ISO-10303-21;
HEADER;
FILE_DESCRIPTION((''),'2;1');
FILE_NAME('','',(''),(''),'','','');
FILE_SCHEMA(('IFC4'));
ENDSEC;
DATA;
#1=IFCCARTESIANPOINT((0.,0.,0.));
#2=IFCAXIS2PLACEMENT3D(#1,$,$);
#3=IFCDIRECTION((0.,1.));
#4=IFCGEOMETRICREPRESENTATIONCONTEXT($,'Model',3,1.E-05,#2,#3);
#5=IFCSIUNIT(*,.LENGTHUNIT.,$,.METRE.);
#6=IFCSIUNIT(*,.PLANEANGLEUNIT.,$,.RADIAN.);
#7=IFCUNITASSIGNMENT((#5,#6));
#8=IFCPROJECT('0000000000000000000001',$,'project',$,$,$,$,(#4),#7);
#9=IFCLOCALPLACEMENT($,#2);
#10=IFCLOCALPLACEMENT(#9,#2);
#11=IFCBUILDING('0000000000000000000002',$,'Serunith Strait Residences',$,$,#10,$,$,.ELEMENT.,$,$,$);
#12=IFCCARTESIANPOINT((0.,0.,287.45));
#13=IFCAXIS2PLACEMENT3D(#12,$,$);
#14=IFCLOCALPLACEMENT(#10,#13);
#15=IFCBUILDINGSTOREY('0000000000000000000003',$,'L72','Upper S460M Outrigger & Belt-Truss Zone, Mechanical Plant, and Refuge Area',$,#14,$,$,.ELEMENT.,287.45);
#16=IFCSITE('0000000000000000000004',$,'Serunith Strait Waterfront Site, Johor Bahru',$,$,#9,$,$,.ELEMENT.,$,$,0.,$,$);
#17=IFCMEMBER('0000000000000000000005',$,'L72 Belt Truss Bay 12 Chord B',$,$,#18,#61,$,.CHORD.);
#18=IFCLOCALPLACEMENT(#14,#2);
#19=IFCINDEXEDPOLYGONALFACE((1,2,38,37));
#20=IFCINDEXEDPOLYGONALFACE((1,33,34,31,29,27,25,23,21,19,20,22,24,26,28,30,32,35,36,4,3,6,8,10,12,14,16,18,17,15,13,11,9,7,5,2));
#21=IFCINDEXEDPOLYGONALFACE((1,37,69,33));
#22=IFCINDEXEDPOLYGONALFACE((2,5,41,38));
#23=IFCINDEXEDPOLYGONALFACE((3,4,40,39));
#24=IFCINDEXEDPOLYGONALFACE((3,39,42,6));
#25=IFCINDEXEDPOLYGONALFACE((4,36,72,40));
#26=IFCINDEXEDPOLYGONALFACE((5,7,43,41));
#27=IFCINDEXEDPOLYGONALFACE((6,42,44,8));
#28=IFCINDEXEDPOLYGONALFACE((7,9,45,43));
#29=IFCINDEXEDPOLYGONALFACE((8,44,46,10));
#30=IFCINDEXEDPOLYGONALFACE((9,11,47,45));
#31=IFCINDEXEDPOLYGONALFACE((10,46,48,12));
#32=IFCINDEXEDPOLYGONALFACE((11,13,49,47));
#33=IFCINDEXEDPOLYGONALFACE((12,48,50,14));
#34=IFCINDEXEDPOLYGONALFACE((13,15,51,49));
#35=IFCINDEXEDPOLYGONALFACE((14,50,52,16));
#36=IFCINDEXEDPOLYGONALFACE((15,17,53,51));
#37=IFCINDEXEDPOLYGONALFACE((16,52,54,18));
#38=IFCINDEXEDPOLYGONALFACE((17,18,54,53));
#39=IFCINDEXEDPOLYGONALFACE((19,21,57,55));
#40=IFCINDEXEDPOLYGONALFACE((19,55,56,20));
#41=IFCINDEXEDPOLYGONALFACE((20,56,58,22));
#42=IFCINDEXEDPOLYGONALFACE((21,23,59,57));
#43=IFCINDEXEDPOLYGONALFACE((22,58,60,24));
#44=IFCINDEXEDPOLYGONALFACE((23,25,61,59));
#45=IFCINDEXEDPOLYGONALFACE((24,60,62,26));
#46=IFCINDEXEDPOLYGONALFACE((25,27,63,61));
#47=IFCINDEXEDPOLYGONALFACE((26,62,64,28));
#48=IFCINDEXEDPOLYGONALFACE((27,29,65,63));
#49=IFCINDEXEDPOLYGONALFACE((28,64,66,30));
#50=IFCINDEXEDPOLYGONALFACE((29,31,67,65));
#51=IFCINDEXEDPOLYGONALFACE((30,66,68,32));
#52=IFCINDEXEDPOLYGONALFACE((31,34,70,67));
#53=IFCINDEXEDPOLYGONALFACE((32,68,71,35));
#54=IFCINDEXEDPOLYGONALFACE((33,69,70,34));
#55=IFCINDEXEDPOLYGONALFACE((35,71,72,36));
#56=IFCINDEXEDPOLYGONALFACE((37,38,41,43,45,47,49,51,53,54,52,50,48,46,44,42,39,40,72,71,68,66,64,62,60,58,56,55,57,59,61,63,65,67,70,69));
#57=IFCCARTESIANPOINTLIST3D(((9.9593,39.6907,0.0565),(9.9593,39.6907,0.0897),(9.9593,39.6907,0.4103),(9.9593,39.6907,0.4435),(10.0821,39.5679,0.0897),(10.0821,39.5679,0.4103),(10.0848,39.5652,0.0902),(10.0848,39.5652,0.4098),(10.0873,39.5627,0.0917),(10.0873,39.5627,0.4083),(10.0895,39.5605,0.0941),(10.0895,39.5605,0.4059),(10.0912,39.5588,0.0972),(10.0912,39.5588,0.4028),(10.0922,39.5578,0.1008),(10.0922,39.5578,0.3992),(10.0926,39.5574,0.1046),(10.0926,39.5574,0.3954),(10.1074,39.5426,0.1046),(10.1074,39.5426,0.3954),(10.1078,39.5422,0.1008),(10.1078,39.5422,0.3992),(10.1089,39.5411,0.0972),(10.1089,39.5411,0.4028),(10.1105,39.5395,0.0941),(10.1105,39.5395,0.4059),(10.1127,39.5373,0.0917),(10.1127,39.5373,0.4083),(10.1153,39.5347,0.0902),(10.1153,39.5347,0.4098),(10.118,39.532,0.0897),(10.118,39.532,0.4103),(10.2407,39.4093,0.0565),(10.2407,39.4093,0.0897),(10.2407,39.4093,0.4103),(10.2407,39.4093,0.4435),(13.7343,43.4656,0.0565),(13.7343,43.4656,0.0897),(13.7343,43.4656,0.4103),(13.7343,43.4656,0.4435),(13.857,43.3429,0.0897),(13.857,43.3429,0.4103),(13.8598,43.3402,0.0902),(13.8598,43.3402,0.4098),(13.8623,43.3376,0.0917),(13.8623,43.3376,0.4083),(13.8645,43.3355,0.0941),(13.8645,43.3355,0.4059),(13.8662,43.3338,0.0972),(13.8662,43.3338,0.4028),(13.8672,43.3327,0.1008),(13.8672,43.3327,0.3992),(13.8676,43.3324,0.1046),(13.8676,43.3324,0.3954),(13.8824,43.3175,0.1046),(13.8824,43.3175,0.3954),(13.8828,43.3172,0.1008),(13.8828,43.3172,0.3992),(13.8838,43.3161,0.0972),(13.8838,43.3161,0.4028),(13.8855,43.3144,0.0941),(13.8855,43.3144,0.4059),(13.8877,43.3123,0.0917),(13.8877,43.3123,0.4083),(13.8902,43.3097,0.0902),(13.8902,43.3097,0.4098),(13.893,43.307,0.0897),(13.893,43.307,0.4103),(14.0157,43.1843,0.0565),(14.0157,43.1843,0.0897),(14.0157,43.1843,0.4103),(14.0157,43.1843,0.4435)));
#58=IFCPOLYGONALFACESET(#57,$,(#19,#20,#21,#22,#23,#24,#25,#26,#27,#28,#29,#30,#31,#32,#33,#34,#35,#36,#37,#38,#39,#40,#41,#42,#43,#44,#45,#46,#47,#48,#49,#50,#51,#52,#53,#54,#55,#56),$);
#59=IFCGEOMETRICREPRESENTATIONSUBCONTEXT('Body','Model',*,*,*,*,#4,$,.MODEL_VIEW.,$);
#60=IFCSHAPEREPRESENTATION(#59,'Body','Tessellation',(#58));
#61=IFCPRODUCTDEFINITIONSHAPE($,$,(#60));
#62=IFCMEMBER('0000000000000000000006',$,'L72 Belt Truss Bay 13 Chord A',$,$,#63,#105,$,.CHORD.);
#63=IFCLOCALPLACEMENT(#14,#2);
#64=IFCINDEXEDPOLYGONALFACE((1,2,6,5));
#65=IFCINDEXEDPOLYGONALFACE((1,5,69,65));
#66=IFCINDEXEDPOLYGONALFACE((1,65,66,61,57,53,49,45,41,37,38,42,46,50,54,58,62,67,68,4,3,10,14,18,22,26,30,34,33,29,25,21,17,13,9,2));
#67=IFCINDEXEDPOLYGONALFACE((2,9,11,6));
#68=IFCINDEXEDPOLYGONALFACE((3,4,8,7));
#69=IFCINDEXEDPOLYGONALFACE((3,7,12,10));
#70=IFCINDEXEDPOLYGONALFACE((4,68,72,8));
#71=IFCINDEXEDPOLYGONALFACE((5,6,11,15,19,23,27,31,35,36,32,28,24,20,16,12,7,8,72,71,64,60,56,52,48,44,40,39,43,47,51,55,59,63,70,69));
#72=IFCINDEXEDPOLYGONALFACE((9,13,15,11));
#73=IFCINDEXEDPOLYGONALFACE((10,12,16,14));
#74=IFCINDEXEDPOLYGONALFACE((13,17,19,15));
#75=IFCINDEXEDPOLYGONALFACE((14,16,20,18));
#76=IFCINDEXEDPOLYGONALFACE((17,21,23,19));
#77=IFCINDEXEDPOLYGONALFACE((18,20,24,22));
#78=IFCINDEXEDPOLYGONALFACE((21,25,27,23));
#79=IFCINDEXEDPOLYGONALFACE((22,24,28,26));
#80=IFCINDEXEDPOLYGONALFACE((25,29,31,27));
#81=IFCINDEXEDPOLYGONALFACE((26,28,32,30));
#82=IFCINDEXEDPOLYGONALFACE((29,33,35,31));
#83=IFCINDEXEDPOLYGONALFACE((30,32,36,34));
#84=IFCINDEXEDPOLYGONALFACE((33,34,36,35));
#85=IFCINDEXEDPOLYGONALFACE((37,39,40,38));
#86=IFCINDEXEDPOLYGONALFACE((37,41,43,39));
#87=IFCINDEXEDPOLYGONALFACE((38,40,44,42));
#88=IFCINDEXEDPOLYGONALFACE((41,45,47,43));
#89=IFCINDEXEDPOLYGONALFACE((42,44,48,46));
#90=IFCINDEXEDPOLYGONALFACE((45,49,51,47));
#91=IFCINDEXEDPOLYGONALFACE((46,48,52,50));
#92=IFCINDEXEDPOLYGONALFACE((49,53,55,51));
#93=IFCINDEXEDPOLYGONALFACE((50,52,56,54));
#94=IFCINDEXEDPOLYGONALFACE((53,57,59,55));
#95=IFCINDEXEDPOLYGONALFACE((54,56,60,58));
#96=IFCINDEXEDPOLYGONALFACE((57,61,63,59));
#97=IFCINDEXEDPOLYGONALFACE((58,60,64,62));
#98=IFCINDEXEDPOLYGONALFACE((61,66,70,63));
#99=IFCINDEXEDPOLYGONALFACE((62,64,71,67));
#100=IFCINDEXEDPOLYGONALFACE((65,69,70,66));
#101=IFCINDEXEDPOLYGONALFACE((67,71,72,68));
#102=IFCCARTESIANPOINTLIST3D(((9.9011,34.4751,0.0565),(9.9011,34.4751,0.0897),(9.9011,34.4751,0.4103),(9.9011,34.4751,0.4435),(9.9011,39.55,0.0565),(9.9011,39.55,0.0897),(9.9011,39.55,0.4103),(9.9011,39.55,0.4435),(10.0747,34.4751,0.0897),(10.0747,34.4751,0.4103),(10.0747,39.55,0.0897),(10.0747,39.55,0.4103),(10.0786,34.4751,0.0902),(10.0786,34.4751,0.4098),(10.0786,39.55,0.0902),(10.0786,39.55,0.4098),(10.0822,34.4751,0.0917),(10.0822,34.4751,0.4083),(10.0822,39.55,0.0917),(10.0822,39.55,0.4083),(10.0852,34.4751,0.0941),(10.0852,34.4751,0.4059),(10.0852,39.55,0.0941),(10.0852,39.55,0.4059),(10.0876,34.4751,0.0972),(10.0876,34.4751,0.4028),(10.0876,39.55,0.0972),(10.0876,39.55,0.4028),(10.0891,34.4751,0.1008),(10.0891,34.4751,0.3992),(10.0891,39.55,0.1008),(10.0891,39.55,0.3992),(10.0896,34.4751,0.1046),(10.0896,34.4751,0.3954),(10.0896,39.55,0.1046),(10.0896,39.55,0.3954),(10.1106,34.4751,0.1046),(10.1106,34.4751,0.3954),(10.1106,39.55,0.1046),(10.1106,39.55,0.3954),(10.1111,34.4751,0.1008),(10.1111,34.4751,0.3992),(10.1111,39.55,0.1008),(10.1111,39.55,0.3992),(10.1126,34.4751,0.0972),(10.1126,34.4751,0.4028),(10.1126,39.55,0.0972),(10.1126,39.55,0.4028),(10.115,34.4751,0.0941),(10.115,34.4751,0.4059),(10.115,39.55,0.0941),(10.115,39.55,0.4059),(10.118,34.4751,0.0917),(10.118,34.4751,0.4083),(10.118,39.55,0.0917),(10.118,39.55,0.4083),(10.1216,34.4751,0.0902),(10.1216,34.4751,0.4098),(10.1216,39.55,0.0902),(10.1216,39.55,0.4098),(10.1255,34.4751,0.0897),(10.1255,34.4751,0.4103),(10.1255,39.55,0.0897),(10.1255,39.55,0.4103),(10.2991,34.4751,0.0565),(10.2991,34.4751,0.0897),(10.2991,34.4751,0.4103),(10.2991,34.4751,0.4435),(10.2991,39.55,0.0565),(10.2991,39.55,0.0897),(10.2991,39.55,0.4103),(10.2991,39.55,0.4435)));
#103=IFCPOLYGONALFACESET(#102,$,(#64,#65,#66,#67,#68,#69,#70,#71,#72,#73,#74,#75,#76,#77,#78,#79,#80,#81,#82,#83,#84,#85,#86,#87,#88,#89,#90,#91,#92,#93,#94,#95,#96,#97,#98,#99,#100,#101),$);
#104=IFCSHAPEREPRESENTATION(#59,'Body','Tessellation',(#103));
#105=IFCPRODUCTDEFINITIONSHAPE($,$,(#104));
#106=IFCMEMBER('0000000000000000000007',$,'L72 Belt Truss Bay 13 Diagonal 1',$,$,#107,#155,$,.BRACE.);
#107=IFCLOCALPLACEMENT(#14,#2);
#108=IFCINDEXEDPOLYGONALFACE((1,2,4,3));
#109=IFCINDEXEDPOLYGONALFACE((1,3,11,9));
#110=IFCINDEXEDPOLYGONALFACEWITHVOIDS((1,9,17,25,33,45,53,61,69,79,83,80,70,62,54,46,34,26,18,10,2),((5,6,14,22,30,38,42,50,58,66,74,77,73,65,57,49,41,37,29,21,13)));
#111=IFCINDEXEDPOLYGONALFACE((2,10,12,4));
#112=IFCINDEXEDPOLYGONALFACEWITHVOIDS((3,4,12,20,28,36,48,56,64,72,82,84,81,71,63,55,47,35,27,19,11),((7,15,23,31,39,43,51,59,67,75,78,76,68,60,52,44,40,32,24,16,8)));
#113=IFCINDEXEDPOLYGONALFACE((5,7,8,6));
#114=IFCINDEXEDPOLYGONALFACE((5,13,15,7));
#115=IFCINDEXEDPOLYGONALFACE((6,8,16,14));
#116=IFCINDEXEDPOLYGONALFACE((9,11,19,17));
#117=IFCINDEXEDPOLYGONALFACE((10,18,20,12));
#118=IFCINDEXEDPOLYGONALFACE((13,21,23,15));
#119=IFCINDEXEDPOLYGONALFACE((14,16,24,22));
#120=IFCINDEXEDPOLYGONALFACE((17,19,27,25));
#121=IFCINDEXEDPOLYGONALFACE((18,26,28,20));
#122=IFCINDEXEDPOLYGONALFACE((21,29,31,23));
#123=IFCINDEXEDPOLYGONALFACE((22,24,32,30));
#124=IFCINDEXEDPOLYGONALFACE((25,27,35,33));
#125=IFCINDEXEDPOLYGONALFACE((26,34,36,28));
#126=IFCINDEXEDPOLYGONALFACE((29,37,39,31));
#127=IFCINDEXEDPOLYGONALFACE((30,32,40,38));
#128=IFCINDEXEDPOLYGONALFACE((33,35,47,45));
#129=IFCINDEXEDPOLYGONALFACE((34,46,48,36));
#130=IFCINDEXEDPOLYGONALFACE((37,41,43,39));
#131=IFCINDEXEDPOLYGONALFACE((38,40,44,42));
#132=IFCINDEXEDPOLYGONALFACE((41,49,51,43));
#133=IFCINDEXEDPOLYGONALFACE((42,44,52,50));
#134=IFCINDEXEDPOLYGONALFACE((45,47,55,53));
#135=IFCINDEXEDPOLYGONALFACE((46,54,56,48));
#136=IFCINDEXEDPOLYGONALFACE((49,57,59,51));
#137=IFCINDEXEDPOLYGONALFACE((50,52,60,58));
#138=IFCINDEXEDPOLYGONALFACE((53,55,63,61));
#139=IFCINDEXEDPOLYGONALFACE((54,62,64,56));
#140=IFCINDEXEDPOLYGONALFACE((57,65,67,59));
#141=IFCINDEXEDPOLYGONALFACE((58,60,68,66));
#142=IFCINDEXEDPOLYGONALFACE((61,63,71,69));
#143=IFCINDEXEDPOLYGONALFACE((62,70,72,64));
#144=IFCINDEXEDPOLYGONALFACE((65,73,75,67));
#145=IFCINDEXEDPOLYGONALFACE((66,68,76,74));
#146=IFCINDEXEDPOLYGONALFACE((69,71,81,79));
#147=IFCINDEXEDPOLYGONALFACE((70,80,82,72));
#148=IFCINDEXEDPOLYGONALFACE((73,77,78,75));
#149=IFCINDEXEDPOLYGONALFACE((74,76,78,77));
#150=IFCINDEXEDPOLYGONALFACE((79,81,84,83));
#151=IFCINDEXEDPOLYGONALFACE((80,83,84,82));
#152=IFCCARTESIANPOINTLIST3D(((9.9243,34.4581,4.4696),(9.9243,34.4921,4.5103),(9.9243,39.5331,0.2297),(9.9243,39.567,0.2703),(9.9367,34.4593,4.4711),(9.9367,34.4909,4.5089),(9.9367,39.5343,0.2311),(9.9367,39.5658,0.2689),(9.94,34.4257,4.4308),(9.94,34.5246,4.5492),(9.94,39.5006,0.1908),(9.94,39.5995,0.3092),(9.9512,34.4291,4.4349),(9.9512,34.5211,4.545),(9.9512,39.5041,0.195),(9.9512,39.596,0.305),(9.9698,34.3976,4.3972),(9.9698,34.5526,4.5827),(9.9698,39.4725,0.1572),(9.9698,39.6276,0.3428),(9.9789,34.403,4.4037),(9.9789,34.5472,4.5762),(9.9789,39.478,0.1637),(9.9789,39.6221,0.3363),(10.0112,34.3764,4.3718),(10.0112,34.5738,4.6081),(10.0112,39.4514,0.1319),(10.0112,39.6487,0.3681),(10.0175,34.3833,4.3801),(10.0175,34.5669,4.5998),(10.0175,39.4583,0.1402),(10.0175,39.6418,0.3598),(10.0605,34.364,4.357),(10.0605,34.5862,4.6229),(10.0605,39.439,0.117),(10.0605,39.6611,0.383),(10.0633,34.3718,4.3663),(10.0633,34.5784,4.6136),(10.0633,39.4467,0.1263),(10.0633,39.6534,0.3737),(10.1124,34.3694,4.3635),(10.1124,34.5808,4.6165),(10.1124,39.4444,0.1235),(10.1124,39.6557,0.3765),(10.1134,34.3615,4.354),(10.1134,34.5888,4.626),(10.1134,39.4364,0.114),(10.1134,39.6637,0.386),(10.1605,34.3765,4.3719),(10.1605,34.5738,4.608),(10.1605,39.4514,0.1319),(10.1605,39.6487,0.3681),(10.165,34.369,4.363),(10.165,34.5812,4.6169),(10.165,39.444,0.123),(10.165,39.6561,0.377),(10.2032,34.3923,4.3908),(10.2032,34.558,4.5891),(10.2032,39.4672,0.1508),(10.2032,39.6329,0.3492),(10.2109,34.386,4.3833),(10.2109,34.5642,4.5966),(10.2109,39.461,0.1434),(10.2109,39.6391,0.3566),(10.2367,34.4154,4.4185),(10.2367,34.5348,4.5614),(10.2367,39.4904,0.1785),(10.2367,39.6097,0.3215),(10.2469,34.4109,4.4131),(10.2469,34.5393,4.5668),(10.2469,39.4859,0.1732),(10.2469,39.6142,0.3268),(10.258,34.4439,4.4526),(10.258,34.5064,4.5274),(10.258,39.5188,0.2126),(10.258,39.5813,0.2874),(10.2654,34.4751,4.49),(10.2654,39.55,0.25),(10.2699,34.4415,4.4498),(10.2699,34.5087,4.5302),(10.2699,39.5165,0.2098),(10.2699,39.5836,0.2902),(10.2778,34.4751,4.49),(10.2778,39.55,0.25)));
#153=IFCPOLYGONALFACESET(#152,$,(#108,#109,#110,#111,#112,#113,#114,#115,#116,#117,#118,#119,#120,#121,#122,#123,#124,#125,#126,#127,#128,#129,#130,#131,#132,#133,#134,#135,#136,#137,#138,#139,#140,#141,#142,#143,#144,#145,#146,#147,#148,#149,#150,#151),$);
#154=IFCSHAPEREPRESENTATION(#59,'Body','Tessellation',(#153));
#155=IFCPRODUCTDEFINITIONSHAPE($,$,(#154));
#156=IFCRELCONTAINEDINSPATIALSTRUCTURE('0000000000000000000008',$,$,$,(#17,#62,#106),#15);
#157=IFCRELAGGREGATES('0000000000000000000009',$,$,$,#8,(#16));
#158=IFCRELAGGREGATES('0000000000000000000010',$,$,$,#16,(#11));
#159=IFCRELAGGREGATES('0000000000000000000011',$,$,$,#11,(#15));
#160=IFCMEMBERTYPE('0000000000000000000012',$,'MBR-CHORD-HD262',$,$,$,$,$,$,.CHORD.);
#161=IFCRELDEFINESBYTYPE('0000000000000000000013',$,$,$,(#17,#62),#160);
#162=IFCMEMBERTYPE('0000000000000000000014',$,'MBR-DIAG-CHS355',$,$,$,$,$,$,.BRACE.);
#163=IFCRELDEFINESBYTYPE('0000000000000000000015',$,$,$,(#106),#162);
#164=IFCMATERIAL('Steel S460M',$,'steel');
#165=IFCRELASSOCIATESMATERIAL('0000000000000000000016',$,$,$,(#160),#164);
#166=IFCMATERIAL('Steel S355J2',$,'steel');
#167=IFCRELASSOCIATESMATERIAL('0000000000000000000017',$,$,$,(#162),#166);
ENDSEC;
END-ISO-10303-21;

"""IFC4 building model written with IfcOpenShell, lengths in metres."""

from ifc_helpers import new_model, si_unit, direction, frame, origin, origin_2d, place, context, subcontext, project, spatial, hollow_circle, i_section, extrude, source, transform, mapped, material, material_profile, profile_set, type_object, element, save


model = new_model("IFC4")

# Units and contexts
model_context = context("Model", 3, precision=1e-05, world=origin(), true_north=direction((0.0, 1.0)))
body_context = subcontext(model_context, "Body", "Model", "MODEL_VIEW")
ifc_project = project(units=[si_unit("LENGTHUNIT", "METRE"), si_unit("PLANEANGLEUNIT", "RADIAN")], contexts=[model_context])

# Site, building, storey
site_placement = place(None, origin())
site = spatial("IfcSite", under=ifc_project, at=site_placement, Name="Serunith Strait Waterfront Site, Johor Bahru", CompositionType="ELEMENT", RefElevation=0.0)
building_placement = place(site_placement, origin())
building = spatial("IfcBuilding", under=site, at=building_placement, Name="Serunith Strait Residences", CompositionType="ELEMENT")
storey_placement = place(building_placement, frame((0.0, 0.0, 287.45)))
storey = spatial("IfcBuildingStorey", under=building, at=storey_placement, Name="L72", Description="Upper S460M Outrigger & Belt-Truss Zone, Mechanical Plant, and Refuge Area", CompositionType="ELEMENT", Elevation=287.45)

# Shared definitions
ifc_material_1 = material(Name="Steel S355J2", Category="steel")

# Members
ifc_material_2 = material(Name="Steel S460M", Category="steel")
ifc_material_profile_1 = material_profile(ifc_material_2, i_section(OverallWidth=0.3979, OverallDepth=0.387, WebThickness=0.021, FlangeThickness=0.0332, FilletRadius=0.0149, at=origin_2d()), Name="HD 400x262")
ifc_profile_set_1 = profile_set([ifc_material_profile_1], Name="Steel S460M")
member_type_1 = type_object("IfcMemberType", Name="MBR-CHORD-HD262", PredefinedType="CHORD", material=ifc_profile_set_1)
shared_shape_1 = source(origin(), body_context, "Body", "SweptSolid", [
    extrude(i_section(OverallWidth=0.3979, OverallDepth=0.387, WebThickness=0.021, FlangeThickness=0.0332, FilletRadius=0.0149, at=origin_2d()), origin(), (0.0, 0.0, 1.0), 5.3386),
])
member_1_placement = place(storey_placement, frame((13.875, 43.325, 0.25), z_axis=(-0.707107, -0.707107, 0.0), x_axis=(0.707107, -0.707107, 0.0)))
element("IfcMember", 1, at=member_1_placement, inside=storey, type_object=member_type_1, Name="L72 Belt Truss Bay 12 Chord B", PredefinedType="CHORD", context=body_context, shape_type="MappedRepresentation", body=[
    mapped(shared_shape_1, transform((0.0, 0.0, 0.0), scale=1.0)),
])
shared_shape_2 = source(origin(), body_context, "Body", "SweptSolid", [
    extrude(i_section(OverallWidth=0.3979, OverallDepth=0.387, WebThickness=0.021, FlangeThickness=0.0332, FilletRadius=0.0149, at=origin_2d()), origin(), (0.0, 0.0, 1.0), 5.075),
])
member_2_placement = place(storey_placement, frame((10.1001, 39.55, 0.25), z_axis=(0.0, -1.0, 0.0), x_axis=(1.0, 0.0, 0.0)))
element("IfcMember", 2, at=member_2_placement, inside=storey, type_object=member_type_1, Name="L72 Belt Truss Bay 13 Chord A", PredefinedType="CHORD", context=body_context, shape_type="MappedRepresentation", body=[
    mapped(shared_shape_2, transform((0.0, 0.0, 0.0), scale=1.0)),
])
ifc_material_profile_2 = material_profile(ifc_material_1, hollow_circle(Radius=0.1777, WallThickness=0.0125, at=origin_2d()), Name="CHS 355.6x12.5")
ifc_profile_set_2 = profile_set([ifc_material_profile_2], Name="Steel S355J2")
member_type_2 = type_object("IfcMemberType", Name="MBR-DIAG-CHS355", PredefinedType="BRACE", material=ifc_profile_set_2)
shared_shape_3 = source(origin(), body_context, "Body", "SweptSolid", [
    extrude(hollow_circle(Radius=0.1777, WallThickness=0.0125, at=origin_2d()), origin(), (0.0, 0.0, 1.0), 6.613),
])
member_3_placement = place(storey_placement, frame((10.1001, 39.55, 0.25), z_axis=(0.0, -0.767413, 0.641153), x_axis=(1.0, 0.0, 0.0)))
element("IfcMember", 3, at=member_3_placement, inside=storey, type_object=member_type_2, Name="L72 Belt Truss Bay 13 Diagonal 1", PredefinedType="BRACE", context=body_context, shape_type="MappedRepresentation", body=[
    mapped(shared_shape_3, transform((0.0, 0.0, 0.0), scale=1.0)),
])

save(model, "model.ifc")
